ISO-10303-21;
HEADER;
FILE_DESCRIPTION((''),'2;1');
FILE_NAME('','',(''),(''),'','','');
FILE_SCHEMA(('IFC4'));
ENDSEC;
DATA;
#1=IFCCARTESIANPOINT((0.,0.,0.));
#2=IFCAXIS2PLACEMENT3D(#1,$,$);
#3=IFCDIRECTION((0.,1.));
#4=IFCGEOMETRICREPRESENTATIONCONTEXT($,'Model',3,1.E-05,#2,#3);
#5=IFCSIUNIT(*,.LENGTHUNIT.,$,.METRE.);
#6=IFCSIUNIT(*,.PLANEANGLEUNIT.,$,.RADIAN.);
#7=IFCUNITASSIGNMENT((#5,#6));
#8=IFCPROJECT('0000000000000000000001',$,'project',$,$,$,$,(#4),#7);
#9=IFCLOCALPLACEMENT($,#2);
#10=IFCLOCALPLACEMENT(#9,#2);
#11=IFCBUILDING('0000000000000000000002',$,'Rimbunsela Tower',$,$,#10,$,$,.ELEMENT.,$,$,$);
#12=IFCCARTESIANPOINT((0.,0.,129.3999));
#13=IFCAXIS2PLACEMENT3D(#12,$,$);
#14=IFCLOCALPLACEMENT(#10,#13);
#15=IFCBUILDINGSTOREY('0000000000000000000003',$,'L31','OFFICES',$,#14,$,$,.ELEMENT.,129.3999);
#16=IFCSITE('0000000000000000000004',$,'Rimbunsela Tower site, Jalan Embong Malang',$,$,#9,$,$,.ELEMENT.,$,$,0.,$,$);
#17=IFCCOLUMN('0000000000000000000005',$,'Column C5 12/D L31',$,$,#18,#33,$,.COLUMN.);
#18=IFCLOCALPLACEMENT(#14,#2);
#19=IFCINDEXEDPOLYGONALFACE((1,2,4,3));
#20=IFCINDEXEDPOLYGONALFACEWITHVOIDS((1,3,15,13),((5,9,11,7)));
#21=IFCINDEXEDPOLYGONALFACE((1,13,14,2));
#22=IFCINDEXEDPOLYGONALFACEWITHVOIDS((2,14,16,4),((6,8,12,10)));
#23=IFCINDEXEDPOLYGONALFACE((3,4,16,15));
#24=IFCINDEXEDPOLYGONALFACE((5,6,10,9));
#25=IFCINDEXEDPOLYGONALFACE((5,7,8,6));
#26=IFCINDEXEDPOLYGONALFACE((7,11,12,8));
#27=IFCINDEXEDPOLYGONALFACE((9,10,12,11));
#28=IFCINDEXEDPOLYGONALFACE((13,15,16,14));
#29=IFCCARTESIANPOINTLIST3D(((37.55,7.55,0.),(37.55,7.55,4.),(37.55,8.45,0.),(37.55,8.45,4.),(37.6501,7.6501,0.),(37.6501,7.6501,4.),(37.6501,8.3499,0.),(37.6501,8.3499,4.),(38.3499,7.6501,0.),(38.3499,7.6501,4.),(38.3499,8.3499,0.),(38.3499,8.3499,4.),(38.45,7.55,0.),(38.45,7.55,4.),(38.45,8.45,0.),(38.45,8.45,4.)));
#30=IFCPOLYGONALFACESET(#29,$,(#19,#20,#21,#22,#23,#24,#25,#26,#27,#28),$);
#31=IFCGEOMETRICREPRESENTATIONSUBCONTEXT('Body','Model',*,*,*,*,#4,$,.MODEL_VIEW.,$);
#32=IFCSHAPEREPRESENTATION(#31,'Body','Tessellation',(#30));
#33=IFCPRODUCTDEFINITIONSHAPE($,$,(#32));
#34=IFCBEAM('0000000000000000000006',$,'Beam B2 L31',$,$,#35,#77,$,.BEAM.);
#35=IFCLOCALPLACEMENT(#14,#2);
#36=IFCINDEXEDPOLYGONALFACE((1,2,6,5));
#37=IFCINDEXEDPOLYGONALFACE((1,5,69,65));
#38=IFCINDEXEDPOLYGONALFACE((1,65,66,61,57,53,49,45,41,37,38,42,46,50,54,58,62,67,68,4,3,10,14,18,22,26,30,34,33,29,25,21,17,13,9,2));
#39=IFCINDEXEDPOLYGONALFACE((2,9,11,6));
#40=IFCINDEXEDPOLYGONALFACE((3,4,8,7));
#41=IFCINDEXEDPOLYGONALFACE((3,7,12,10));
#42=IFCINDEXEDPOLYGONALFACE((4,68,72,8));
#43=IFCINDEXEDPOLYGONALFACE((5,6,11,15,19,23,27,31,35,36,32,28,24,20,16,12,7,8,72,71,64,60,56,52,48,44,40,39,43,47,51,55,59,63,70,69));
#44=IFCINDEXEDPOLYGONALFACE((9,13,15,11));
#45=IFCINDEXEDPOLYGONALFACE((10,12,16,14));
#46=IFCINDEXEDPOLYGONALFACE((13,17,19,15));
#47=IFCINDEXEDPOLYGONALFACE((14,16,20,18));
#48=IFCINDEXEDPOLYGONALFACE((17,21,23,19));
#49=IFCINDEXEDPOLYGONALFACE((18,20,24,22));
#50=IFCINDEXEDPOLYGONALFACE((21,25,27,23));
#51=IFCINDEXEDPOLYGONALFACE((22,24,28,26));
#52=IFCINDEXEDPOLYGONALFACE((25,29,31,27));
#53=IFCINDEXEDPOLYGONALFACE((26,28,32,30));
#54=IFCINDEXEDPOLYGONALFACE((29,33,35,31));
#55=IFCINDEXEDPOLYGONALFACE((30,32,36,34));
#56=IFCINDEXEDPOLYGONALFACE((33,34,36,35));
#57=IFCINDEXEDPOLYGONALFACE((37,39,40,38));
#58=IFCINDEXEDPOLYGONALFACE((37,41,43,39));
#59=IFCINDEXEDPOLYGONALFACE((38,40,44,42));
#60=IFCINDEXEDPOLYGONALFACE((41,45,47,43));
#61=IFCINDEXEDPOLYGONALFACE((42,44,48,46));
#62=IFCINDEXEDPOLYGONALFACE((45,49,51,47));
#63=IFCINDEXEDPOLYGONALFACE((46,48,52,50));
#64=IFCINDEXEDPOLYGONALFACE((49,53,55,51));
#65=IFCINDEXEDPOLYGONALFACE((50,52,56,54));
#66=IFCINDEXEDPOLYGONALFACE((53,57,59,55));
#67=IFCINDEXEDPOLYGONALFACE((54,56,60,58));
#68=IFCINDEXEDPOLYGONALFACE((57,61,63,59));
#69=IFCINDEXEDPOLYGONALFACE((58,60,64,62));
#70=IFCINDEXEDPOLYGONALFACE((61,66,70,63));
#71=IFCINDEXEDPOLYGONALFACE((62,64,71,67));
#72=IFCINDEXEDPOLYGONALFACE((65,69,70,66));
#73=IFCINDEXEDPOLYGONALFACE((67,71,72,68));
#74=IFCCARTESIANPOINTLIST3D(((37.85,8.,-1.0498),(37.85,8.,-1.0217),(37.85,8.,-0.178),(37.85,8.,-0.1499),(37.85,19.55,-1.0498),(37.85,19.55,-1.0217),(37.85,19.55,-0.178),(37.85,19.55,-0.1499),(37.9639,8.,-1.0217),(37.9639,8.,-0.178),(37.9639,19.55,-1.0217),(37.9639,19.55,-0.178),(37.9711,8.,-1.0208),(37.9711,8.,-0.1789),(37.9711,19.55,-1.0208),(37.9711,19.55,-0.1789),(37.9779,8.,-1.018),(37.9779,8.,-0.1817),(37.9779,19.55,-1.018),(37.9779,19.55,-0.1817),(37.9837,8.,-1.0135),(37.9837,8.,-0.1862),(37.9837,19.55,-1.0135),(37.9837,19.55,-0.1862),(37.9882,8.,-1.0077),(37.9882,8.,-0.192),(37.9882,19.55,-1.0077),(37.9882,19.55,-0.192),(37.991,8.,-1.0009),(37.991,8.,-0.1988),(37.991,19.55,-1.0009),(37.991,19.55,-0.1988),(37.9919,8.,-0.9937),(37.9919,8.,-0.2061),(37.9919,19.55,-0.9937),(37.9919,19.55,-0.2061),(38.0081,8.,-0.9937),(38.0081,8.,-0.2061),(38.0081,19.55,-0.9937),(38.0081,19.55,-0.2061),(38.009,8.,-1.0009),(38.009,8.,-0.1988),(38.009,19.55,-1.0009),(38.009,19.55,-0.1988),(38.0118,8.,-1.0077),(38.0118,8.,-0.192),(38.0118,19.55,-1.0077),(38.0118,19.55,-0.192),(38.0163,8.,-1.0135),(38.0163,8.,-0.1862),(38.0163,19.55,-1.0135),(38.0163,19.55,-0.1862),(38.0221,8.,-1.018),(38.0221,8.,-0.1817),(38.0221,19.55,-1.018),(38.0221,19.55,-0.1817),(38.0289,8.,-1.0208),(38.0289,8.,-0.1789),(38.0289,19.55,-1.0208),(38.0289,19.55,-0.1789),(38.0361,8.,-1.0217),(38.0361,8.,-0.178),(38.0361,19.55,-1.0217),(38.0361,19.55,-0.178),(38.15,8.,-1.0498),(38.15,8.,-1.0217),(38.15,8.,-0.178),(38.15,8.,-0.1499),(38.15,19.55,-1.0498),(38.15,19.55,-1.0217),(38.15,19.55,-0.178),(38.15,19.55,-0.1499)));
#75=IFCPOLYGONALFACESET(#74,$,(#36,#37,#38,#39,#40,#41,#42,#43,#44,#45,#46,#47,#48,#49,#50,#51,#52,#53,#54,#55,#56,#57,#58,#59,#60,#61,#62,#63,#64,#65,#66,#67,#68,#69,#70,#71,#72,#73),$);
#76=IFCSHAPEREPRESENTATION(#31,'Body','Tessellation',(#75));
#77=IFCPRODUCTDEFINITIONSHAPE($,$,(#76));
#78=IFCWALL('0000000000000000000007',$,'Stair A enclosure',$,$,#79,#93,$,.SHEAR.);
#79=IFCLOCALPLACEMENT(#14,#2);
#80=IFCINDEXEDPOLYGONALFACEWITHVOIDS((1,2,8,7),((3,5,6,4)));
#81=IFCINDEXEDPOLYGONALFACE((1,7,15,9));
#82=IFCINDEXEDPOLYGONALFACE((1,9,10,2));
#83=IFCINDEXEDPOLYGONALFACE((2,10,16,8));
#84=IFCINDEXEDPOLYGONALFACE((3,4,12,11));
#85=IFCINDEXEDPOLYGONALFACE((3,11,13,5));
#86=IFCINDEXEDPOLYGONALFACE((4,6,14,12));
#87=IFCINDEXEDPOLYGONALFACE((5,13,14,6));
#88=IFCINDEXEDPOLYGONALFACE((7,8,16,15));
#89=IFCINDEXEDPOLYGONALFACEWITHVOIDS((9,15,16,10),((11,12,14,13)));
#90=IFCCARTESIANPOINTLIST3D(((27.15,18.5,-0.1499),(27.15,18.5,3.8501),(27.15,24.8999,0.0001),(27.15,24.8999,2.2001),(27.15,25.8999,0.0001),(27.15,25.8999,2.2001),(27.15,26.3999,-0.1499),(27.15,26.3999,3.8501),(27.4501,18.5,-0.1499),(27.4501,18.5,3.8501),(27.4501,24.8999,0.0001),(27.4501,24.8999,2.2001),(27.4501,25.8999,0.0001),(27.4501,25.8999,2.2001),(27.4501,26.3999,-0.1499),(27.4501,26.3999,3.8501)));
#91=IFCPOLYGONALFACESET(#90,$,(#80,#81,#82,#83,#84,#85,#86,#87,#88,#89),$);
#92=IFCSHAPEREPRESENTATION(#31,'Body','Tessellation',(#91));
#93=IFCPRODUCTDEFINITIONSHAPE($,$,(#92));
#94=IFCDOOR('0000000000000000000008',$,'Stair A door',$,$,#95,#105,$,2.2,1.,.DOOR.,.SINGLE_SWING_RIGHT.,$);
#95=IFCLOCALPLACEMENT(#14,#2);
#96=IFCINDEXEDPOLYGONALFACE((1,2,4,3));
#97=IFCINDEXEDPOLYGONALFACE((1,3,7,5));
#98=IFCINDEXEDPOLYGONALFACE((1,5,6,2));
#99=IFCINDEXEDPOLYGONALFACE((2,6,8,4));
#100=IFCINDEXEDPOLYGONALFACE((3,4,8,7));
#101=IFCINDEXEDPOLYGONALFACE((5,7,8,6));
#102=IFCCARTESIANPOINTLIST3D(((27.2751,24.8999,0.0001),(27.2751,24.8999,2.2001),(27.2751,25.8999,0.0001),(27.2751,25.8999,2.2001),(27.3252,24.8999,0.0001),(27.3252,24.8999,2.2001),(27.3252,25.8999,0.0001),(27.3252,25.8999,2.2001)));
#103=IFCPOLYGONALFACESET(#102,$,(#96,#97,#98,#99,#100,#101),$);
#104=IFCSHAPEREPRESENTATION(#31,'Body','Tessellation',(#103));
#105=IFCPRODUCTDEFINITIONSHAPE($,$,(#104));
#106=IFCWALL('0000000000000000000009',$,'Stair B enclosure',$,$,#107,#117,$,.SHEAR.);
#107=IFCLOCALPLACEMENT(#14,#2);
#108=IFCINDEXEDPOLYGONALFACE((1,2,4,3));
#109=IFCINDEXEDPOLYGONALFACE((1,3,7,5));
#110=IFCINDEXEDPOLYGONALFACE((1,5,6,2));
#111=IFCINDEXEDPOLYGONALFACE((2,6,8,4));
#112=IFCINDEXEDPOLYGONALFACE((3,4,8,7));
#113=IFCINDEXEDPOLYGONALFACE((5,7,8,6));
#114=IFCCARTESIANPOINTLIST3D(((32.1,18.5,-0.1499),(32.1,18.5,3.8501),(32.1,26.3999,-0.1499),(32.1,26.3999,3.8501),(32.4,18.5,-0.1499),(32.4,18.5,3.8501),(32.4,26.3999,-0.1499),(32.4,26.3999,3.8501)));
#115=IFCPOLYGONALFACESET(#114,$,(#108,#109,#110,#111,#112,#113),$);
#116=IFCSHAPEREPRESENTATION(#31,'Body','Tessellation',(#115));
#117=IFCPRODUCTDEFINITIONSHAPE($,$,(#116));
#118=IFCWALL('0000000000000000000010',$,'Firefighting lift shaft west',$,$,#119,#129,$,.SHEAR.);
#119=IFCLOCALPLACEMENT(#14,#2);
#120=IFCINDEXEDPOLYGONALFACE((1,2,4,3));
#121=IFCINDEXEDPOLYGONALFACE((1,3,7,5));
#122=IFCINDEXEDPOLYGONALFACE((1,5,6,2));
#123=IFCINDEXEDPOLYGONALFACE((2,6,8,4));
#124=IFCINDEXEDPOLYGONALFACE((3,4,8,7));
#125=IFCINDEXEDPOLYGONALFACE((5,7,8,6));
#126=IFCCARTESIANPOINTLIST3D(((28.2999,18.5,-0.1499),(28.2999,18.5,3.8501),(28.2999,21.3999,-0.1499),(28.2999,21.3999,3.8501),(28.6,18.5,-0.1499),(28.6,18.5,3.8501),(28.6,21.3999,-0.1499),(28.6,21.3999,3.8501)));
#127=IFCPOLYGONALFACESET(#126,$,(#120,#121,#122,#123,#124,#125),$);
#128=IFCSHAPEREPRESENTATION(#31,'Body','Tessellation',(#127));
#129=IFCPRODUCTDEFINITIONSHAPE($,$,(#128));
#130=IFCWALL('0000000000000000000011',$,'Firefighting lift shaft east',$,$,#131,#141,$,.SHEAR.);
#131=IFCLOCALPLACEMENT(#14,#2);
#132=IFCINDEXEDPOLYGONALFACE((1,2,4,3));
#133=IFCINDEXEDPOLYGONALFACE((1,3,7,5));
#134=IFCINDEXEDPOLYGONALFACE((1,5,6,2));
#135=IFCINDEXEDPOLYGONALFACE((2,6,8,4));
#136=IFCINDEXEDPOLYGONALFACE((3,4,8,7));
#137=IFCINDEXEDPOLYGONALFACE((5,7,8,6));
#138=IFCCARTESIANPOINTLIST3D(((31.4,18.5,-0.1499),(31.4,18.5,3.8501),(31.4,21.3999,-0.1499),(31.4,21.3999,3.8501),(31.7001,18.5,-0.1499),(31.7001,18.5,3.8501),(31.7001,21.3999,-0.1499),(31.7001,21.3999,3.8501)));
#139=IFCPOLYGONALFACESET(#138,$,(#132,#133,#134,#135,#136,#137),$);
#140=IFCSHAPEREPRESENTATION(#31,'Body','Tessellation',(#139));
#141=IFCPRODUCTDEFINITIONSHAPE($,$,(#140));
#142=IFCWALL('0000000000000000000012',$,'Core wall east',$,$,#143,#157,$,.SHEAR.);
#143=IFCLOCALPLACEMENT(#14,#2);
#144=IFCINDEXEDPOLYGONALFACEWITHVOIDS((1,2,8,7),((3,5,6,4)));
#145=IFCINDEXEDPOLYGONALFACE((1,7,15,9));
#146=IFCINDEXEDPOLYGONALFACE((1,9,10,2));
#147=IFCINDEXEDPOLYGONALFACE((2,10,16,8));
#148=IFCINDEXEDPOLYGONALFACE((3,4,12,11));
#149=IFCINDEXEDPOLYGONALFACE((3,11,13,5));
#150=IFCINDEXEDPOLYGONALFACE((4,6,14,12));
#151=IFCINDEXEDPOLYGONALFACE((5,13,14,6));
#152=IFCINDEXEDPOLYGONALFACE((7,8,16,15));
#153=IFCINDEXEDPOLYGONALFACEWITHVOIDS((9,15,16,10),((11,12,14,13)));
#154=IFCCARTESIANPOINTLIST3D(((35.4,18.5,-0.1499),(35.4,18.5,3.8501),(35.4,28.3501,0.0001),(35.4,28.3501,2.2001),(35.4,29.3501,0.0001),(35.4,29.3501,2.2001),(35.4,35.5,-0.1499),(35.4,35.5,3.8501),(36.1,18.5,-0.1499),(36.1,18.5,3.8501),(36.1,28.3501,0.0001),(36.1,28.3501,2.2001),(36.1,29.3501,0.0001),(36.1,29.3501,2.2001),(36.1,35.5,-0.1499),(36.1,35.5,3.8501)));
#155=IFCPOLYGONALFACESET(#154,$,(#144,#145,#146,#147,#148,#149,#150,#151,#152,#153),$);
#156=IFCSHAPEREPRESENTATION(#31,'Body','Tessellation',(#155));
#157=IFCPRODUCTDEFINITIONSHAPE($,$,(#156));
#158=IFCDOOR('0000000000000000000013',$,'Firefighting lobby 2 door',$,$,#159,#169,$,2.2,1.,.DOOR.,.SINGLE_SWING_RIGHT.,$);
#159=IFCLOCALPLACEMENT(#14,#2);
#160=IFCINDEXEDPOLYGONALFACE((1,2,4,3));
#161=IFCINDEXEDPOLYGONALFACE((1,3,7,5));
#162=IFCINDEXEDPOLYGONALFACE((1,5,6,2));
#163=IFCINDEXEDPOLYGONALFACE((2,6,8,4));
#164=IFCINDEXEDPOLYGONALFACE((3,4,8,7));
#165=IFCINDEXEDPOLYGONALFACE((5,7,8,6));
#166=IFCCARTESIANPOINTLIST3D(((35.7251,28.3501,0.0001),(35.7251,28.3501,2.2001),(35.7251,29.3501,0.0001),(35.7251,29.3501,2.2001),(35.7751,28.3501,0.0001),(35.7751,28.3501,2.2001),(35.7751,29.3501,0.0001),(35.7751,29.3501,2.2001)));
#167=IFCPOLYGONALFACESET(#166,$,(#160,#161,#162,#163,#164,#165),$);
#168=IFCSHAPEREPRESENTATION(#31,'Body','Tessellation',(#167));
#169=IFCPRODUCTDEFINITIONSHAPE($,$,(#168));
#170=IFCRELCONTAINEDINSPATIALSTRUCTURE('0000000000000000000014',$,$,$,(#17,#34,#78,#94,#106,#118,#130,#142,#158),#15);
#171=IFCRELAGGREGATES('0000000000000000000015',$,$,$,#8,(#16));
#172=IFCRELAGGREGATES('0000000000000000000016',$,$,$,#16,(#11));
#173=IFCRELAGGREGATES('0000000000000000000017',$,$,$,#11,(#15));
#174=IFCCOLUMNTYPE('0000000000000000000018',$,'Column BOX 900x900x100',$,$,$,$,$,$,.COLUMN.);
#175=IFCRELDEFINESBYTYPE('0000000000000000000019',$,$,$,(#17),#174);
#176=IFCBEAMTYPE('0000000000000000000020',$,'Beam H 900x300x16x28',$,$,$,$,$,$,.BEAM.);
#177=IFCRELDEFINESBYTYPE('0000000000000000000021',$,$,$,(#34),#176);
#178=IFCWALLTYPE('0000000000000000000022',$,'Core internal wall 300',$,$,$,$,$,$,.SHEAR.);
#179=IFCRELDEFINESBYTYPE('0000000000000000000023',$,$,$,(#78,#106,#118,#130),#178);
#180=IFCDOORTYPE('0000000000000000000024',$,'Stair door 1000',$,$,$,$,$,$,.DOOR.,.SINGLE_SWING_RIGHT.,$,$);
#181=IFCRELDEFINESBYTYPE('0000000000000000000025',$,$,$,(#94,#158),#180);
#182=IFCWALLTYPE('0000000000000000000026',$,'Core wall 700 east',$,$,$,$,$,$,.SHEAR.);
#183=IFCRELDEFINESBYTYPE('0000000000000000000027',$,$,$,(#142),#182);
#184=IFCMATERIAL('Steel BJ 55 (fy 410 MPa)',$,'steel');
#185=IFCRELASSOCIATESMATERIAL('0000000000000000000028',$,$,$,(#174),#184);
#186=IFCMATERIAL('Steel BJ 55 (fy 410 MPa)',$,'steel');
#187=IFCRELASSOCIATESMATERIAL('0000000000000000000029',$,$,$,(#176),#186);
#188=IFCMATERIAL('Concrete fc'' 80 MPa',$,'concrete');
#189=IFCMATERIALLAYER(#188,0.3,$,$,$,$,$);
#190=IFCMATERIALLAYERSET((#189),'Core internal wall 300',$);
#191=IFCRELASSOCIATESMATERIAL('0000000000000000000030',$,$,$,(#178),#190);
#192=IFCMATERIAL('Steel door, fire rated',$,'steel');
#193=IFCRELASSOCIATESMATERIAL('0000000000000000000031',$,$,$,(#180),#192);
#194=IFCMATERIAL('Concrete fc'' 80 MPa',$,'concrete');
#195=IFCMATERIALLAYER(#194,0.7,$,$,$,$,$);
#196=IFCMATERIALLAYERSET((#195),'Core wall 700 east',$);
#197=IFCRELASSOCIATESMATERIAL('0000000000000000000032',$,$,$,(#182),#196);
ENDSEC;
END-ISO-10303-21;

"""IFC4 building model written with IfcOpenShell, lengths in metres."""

from ifc_helpers import new_model, si_unit, direction, frame, frame_2d, origin, origin_2d, place, context, subcontext, project, spatial, rectangle, hollow_rectangle, i_section, extrude, material, layer, layer_set, material_profile, profile_set, type_object, element, fill, save


model = new_model("IFC4")

# Units and contexts
model_context = context("Model", 3, precision=1e-05, world=origin(), true_north=direction((0.0, 1.0)))
body_context = subcontext(model_context, "Body", "Model", "MODEL_VIEW")
ifc_project = project(units=[si_unit("LENGTHUNIT", "METRE"), si_unit("PLANEANGLEUNIT", "RADIAN")], contexts=[model_context])

# Site, building, storey
site_placement = place(None, origin())
site = spatial("IfcSite", under=ifc_project, at=site_placement, Name="Rimbunsela Tower site, Jalan Embong Malang", CompositionType="ELEMENT", RefElevation=0.0)
building_placement = place(site_placement, origin())
building = spatial("IfcBuilding", under=site, at=building_placement, Name="Rimbunsela Tower", CompositionType="ELEMENT")
storey_placement = place(building_placement, frame((0.0, 0.0, 129.3999)))
storey = spatial("IfcBuildingStorey", under=building, at=storey_placement, Name="L31", Description="OFFICES", CompositionType="ELEMENT", Elevation=129.3999)

# Column
ifc_material_1 = material(Name="Steel BJ 55 (fy 410 MPa)", Category="steel")
ifc_material_profile_1 = material_profile(ifc_material_1, hollow_rectangle(XDim=0.8999, YDim=0.8999, WallThickness=0.1001, at=origin_2d()), Name="BOX 900x900x100")
ifc_profile_set_1 = profile_set([ifc_material_profile_1], Name="Steel BJ 55 (fy 410 MPa)")
column_type = type_object("IfcColumnType", Name="Column BOX 900x900x100", PredefinedType="COLUMN", material=ifc_profile_set_1)
column_placement = place(storey_placement, frame((38.0, 8.0, 0.0), z_axis=(0.0, 0.0, 1.0), x_axis=(1.0, 0.0, 0.0)))
element("IfcColumn", 1, at=column_placement, inside=storey, type_object=column_type, Name="Column C5 12/D L31", PredefinedType="COLUMN", context=body_context, shape_type="SweptSolid", body=[
    extrude(hollow_rectangle(XDim=0.8999, YDim=0.8999, WallThickness=0.1001, at=origin_2d()), origin(), (0.0, 0.0, 1.0), 4.0),
])

# Beam
ifc_material_2 = material(Name="Steel BJ 55 (fy 410 MPa)", Category="steel")
ifc_material_profile_2 = material_profile(ifc_material_2, i_section(OverallWidth=0.3, OverallDepth=0.8999, WebThickness=0.0161, FlangeThickness=0.0281, FilletRadius=0.0281, at=origin_2d()), Name="H 900x300x16x28")
ifc_profile_set_2 = profile_set([ifc_material_profile_2], Name="Steel BJ 55 (fy 410 MPa)")
beam_type = type_object("IfcBeamType", Name="Beam H 900x300x16x28", PredefinedType="BEAM", material=ifc_profile_set_2)
beam_placement = place(storey_placement, frame((38.0, 8.0, -0.5999), z_axis=(0.0, 1.0, 0.0), x_axis=(-1.0, 0.0, 0.0)))
element("IfcBeam", 2, at=beam_placement, inside=storey, type_object=beam_type, Name="Beam B2 L31", PredefinedType="BEAM", context=body_context, shape_type="SweptSolid", body=[
    extrude(i_section(OverallWidth=0.3, OverallDepth=0.8999, WebThickness=0.0161, FlangeThickness=0.0281, FilletRadius=0.0281, at=origin_2d()), origin(), (0.0, 0.0, 1.0), 11.55),
])

# Wall, opening, door
ifc_material_3 = material(Name="Concrete fc' 80 MPa", Category="concrete")
ifc_layer_1 = layer(ifc_material_3, 0.3)
ifc_layer_set_1 = layer_set([ifc_layer_1], Name="Core internal wall 300")
wall_type_1 = type_object("IfcWallType", Name="Core internal wall 300", PredefinedType="SHEAR", material=ifc_layer_set_1)
wall_1_placement = place(storey_placement, frame((27.3, 18.5, -0.1499), z_axis=(0.0, 0.0, 1.0), x_axis=(0.0, 1.0, 0.0)))
wall_1 = element("IfcWall", 3, at=wall_1_placement, inside=storey, type_object=wall_type_1, Name="Stair A enclosure", PredefinedType="SHEAR", context=body_context, shape_type="SweptSolid", body=[
    extrude(rectangle(XDim=7.8999, YDim=0.3, at=frame_2d((3.95, 0.0))), origin(), (0.0, 0.0, 1.0), 4.0),
])
opening_1_placement = place(wall_1_placement, frame((6.3999, 0.0, 0.1499)))
opening_1 = element("IfcOpeningElement", 4, at=opening_1_placement, cuts=wall_1, PredefinedType="OPENING", context=body_context, shape_type="SweptSolid", body=[
    extrude(rectangle(XDim=1.0, YDim=2.2, at=frame_2d((0.5, 1.1001))), frame((0.0, 0.1599, 0.0), z_axis=(0.0, -1.0, 0.0), x_axis=(1.0, 0.0, 0.0)), (0.0, 0.0, 1.0), 0.3201),
])
ifc_material_4 = material(Name="Steel door, fire rated", Category="steel")
door_type_1 = type_object("IfcDoorType", Name="Stair door 1000", OperationType="SINGLE_SWING_RIGHT", PredefinedType="DOOR", material=ifc_material_4)
door_1_placement = place(opening_1_placement, origin())
door_1 = element("IfcDoor", 5, at=door_1_placement, inside=storey, type_object=door_type_1, Name="Stair A door", OperationType="SINGLE_SWING_RIGHT", OverallHeight=2.2, OverallWidth=1.0, PredefinedType="DOOR", context=body_context, shape_type="SweptSolid", body=[
    extrude(rectangle(XDim=1.0, YDim=2.2, at=frame_2d((0.5, 1.1001))), frame((0.0, 0.0249, 0.0), z_axis=(0.0, -1.0, 0.0), x_axis=(1.0, 0.0, 0.0)), (0.0, 0.0, 1.0), 0.05),
])
fill(opening_1, door_1)

# Walls
wall_2_placement = place(storey_placement, frame((32.25, 18.5, -0.1499), z_axis=(0.0, 0.0, 1.0), x_axis=(0.0, 1.0, 0.0)))
element("IfcWall", 6, at=wall_2_placement, inside=storey, type_object=wall_type_1, Name="Stair B enclosure", PredefinedType="SHEAR", context=body_context, shape_type="SweptSolid", body=[
    extrude(rectangle(XDim=7.8999, YDim=0.3, at=frame_2d((3.95, 0.0))), origin(), (0.0, 0.0, 1.0), 4.0),
])
for number, where, z_axis, x_axis, name in (
    (7, (28.45, 18.5, -0.1499), (0.0, 0.0, 1.0), (0.0, 1.0, 0.0), "Firefighting lift shaft west"),
    (8, (31.55, 18.5, -0.1499), (0.0, 0.0, 1.0), (0.0, 1.0, 0.0), "Firefighting lift shaft east"),
):
    element("IfcWall", number, at=place(storey_placement, frame(where, z_axis=z_axis, x_axis=x_axis)), inside=storey, type_object=wall_type_1, Name=name, PredefinedType="SHEAR", context=body_context, shape_type="SweptSolid", body=[
        extrude(rectangle(XDim=2.8999, YDim=0.3, at=frame_2d((1.45, 0.0))), origin(), (0.0, 0.0, 1.0), 4.0),
    ])

# Wall, opening, door
ifc_material_5 = material(Name="Concrete fc' 80 MPa", Category="concrete")
ifc_layer_2 = layer(ifc_material_5, 0.7)
ifc_layer_set_2 = layer_set([ifc_layer_2], Name="Core wall 700 east")
wall_type_2 = type_object("IfcWallType", Name="Core wall 700 east", PredefinedType="SHEAR", material=ifc_layer_set_2)
wall_3_placement = place(storey_placement, frame((35.75, 18.5, -0.1499), z_axis=(0.0, 0.0, 1.0), x_axis=(0.0, 1.0, 0.0)))
wall_3 = element("IfcWall", 9, at=wall_3_placement, inside=storey, type_object=wall_type_2, Name="Core wall east", PredefinedType="SHEAR", context=body_context, shape_type="SweptSolid", body=[
    extrude(rectangle(XDim=17.0, YDim=0.7, at=frame_2d((8.5, 0.0))), origin(), (0.0, 0.0, 1.0), 4.0),
])
opening_2_placement = place(wall_3_placement, frame((9.8501, 0.0, 0.1499)))
opening_2 = element("IfcOpeningElement", 10, at=opening_2_placement, cuts=wall_3, PredefinedType="OPENING", context=body_context, shape_type="SweptSolid", body=[
    extrude(rectangle(XDim=1.0, YDim=2.2, at=frame_2d((0.5, 1.1001))), frame((0.0, 0.3599, 0.0), z_axis=(0.0, -1.0, 0.0), x_axis=(1.0, 0.0, 0.0)), (0.0, 0.0, 1.0), 0.72),
])
door_2_placement = place(opening_2_placement, origin())
door_2 = element("IfcDoor", 11, at=door_2_placement, inside=storey, type_object=door_type_1, Name="Firefighting lobby 2 door", OperationType="SINGLE_SWING_RIGHT", OverallHeight=2.2, OverallWidth=1.0, PredefinedType="DOOR", context=body_context, shape_type="SweptSolid", body=[
    extrude(rectangle(XDim=1.0, YDim=2.2, at=frame_2d((0.5, 1.1001))), frame((0.0, 0.0249, 0.0), z_axis=(0.0, -1.0, 0.0), x_axis=(1.0, 0.0, 0.0)), (0.0, 0.0, 1.0), 0.05),
])
fill(opening_2, door_2)

save(model, "model.ifc")
